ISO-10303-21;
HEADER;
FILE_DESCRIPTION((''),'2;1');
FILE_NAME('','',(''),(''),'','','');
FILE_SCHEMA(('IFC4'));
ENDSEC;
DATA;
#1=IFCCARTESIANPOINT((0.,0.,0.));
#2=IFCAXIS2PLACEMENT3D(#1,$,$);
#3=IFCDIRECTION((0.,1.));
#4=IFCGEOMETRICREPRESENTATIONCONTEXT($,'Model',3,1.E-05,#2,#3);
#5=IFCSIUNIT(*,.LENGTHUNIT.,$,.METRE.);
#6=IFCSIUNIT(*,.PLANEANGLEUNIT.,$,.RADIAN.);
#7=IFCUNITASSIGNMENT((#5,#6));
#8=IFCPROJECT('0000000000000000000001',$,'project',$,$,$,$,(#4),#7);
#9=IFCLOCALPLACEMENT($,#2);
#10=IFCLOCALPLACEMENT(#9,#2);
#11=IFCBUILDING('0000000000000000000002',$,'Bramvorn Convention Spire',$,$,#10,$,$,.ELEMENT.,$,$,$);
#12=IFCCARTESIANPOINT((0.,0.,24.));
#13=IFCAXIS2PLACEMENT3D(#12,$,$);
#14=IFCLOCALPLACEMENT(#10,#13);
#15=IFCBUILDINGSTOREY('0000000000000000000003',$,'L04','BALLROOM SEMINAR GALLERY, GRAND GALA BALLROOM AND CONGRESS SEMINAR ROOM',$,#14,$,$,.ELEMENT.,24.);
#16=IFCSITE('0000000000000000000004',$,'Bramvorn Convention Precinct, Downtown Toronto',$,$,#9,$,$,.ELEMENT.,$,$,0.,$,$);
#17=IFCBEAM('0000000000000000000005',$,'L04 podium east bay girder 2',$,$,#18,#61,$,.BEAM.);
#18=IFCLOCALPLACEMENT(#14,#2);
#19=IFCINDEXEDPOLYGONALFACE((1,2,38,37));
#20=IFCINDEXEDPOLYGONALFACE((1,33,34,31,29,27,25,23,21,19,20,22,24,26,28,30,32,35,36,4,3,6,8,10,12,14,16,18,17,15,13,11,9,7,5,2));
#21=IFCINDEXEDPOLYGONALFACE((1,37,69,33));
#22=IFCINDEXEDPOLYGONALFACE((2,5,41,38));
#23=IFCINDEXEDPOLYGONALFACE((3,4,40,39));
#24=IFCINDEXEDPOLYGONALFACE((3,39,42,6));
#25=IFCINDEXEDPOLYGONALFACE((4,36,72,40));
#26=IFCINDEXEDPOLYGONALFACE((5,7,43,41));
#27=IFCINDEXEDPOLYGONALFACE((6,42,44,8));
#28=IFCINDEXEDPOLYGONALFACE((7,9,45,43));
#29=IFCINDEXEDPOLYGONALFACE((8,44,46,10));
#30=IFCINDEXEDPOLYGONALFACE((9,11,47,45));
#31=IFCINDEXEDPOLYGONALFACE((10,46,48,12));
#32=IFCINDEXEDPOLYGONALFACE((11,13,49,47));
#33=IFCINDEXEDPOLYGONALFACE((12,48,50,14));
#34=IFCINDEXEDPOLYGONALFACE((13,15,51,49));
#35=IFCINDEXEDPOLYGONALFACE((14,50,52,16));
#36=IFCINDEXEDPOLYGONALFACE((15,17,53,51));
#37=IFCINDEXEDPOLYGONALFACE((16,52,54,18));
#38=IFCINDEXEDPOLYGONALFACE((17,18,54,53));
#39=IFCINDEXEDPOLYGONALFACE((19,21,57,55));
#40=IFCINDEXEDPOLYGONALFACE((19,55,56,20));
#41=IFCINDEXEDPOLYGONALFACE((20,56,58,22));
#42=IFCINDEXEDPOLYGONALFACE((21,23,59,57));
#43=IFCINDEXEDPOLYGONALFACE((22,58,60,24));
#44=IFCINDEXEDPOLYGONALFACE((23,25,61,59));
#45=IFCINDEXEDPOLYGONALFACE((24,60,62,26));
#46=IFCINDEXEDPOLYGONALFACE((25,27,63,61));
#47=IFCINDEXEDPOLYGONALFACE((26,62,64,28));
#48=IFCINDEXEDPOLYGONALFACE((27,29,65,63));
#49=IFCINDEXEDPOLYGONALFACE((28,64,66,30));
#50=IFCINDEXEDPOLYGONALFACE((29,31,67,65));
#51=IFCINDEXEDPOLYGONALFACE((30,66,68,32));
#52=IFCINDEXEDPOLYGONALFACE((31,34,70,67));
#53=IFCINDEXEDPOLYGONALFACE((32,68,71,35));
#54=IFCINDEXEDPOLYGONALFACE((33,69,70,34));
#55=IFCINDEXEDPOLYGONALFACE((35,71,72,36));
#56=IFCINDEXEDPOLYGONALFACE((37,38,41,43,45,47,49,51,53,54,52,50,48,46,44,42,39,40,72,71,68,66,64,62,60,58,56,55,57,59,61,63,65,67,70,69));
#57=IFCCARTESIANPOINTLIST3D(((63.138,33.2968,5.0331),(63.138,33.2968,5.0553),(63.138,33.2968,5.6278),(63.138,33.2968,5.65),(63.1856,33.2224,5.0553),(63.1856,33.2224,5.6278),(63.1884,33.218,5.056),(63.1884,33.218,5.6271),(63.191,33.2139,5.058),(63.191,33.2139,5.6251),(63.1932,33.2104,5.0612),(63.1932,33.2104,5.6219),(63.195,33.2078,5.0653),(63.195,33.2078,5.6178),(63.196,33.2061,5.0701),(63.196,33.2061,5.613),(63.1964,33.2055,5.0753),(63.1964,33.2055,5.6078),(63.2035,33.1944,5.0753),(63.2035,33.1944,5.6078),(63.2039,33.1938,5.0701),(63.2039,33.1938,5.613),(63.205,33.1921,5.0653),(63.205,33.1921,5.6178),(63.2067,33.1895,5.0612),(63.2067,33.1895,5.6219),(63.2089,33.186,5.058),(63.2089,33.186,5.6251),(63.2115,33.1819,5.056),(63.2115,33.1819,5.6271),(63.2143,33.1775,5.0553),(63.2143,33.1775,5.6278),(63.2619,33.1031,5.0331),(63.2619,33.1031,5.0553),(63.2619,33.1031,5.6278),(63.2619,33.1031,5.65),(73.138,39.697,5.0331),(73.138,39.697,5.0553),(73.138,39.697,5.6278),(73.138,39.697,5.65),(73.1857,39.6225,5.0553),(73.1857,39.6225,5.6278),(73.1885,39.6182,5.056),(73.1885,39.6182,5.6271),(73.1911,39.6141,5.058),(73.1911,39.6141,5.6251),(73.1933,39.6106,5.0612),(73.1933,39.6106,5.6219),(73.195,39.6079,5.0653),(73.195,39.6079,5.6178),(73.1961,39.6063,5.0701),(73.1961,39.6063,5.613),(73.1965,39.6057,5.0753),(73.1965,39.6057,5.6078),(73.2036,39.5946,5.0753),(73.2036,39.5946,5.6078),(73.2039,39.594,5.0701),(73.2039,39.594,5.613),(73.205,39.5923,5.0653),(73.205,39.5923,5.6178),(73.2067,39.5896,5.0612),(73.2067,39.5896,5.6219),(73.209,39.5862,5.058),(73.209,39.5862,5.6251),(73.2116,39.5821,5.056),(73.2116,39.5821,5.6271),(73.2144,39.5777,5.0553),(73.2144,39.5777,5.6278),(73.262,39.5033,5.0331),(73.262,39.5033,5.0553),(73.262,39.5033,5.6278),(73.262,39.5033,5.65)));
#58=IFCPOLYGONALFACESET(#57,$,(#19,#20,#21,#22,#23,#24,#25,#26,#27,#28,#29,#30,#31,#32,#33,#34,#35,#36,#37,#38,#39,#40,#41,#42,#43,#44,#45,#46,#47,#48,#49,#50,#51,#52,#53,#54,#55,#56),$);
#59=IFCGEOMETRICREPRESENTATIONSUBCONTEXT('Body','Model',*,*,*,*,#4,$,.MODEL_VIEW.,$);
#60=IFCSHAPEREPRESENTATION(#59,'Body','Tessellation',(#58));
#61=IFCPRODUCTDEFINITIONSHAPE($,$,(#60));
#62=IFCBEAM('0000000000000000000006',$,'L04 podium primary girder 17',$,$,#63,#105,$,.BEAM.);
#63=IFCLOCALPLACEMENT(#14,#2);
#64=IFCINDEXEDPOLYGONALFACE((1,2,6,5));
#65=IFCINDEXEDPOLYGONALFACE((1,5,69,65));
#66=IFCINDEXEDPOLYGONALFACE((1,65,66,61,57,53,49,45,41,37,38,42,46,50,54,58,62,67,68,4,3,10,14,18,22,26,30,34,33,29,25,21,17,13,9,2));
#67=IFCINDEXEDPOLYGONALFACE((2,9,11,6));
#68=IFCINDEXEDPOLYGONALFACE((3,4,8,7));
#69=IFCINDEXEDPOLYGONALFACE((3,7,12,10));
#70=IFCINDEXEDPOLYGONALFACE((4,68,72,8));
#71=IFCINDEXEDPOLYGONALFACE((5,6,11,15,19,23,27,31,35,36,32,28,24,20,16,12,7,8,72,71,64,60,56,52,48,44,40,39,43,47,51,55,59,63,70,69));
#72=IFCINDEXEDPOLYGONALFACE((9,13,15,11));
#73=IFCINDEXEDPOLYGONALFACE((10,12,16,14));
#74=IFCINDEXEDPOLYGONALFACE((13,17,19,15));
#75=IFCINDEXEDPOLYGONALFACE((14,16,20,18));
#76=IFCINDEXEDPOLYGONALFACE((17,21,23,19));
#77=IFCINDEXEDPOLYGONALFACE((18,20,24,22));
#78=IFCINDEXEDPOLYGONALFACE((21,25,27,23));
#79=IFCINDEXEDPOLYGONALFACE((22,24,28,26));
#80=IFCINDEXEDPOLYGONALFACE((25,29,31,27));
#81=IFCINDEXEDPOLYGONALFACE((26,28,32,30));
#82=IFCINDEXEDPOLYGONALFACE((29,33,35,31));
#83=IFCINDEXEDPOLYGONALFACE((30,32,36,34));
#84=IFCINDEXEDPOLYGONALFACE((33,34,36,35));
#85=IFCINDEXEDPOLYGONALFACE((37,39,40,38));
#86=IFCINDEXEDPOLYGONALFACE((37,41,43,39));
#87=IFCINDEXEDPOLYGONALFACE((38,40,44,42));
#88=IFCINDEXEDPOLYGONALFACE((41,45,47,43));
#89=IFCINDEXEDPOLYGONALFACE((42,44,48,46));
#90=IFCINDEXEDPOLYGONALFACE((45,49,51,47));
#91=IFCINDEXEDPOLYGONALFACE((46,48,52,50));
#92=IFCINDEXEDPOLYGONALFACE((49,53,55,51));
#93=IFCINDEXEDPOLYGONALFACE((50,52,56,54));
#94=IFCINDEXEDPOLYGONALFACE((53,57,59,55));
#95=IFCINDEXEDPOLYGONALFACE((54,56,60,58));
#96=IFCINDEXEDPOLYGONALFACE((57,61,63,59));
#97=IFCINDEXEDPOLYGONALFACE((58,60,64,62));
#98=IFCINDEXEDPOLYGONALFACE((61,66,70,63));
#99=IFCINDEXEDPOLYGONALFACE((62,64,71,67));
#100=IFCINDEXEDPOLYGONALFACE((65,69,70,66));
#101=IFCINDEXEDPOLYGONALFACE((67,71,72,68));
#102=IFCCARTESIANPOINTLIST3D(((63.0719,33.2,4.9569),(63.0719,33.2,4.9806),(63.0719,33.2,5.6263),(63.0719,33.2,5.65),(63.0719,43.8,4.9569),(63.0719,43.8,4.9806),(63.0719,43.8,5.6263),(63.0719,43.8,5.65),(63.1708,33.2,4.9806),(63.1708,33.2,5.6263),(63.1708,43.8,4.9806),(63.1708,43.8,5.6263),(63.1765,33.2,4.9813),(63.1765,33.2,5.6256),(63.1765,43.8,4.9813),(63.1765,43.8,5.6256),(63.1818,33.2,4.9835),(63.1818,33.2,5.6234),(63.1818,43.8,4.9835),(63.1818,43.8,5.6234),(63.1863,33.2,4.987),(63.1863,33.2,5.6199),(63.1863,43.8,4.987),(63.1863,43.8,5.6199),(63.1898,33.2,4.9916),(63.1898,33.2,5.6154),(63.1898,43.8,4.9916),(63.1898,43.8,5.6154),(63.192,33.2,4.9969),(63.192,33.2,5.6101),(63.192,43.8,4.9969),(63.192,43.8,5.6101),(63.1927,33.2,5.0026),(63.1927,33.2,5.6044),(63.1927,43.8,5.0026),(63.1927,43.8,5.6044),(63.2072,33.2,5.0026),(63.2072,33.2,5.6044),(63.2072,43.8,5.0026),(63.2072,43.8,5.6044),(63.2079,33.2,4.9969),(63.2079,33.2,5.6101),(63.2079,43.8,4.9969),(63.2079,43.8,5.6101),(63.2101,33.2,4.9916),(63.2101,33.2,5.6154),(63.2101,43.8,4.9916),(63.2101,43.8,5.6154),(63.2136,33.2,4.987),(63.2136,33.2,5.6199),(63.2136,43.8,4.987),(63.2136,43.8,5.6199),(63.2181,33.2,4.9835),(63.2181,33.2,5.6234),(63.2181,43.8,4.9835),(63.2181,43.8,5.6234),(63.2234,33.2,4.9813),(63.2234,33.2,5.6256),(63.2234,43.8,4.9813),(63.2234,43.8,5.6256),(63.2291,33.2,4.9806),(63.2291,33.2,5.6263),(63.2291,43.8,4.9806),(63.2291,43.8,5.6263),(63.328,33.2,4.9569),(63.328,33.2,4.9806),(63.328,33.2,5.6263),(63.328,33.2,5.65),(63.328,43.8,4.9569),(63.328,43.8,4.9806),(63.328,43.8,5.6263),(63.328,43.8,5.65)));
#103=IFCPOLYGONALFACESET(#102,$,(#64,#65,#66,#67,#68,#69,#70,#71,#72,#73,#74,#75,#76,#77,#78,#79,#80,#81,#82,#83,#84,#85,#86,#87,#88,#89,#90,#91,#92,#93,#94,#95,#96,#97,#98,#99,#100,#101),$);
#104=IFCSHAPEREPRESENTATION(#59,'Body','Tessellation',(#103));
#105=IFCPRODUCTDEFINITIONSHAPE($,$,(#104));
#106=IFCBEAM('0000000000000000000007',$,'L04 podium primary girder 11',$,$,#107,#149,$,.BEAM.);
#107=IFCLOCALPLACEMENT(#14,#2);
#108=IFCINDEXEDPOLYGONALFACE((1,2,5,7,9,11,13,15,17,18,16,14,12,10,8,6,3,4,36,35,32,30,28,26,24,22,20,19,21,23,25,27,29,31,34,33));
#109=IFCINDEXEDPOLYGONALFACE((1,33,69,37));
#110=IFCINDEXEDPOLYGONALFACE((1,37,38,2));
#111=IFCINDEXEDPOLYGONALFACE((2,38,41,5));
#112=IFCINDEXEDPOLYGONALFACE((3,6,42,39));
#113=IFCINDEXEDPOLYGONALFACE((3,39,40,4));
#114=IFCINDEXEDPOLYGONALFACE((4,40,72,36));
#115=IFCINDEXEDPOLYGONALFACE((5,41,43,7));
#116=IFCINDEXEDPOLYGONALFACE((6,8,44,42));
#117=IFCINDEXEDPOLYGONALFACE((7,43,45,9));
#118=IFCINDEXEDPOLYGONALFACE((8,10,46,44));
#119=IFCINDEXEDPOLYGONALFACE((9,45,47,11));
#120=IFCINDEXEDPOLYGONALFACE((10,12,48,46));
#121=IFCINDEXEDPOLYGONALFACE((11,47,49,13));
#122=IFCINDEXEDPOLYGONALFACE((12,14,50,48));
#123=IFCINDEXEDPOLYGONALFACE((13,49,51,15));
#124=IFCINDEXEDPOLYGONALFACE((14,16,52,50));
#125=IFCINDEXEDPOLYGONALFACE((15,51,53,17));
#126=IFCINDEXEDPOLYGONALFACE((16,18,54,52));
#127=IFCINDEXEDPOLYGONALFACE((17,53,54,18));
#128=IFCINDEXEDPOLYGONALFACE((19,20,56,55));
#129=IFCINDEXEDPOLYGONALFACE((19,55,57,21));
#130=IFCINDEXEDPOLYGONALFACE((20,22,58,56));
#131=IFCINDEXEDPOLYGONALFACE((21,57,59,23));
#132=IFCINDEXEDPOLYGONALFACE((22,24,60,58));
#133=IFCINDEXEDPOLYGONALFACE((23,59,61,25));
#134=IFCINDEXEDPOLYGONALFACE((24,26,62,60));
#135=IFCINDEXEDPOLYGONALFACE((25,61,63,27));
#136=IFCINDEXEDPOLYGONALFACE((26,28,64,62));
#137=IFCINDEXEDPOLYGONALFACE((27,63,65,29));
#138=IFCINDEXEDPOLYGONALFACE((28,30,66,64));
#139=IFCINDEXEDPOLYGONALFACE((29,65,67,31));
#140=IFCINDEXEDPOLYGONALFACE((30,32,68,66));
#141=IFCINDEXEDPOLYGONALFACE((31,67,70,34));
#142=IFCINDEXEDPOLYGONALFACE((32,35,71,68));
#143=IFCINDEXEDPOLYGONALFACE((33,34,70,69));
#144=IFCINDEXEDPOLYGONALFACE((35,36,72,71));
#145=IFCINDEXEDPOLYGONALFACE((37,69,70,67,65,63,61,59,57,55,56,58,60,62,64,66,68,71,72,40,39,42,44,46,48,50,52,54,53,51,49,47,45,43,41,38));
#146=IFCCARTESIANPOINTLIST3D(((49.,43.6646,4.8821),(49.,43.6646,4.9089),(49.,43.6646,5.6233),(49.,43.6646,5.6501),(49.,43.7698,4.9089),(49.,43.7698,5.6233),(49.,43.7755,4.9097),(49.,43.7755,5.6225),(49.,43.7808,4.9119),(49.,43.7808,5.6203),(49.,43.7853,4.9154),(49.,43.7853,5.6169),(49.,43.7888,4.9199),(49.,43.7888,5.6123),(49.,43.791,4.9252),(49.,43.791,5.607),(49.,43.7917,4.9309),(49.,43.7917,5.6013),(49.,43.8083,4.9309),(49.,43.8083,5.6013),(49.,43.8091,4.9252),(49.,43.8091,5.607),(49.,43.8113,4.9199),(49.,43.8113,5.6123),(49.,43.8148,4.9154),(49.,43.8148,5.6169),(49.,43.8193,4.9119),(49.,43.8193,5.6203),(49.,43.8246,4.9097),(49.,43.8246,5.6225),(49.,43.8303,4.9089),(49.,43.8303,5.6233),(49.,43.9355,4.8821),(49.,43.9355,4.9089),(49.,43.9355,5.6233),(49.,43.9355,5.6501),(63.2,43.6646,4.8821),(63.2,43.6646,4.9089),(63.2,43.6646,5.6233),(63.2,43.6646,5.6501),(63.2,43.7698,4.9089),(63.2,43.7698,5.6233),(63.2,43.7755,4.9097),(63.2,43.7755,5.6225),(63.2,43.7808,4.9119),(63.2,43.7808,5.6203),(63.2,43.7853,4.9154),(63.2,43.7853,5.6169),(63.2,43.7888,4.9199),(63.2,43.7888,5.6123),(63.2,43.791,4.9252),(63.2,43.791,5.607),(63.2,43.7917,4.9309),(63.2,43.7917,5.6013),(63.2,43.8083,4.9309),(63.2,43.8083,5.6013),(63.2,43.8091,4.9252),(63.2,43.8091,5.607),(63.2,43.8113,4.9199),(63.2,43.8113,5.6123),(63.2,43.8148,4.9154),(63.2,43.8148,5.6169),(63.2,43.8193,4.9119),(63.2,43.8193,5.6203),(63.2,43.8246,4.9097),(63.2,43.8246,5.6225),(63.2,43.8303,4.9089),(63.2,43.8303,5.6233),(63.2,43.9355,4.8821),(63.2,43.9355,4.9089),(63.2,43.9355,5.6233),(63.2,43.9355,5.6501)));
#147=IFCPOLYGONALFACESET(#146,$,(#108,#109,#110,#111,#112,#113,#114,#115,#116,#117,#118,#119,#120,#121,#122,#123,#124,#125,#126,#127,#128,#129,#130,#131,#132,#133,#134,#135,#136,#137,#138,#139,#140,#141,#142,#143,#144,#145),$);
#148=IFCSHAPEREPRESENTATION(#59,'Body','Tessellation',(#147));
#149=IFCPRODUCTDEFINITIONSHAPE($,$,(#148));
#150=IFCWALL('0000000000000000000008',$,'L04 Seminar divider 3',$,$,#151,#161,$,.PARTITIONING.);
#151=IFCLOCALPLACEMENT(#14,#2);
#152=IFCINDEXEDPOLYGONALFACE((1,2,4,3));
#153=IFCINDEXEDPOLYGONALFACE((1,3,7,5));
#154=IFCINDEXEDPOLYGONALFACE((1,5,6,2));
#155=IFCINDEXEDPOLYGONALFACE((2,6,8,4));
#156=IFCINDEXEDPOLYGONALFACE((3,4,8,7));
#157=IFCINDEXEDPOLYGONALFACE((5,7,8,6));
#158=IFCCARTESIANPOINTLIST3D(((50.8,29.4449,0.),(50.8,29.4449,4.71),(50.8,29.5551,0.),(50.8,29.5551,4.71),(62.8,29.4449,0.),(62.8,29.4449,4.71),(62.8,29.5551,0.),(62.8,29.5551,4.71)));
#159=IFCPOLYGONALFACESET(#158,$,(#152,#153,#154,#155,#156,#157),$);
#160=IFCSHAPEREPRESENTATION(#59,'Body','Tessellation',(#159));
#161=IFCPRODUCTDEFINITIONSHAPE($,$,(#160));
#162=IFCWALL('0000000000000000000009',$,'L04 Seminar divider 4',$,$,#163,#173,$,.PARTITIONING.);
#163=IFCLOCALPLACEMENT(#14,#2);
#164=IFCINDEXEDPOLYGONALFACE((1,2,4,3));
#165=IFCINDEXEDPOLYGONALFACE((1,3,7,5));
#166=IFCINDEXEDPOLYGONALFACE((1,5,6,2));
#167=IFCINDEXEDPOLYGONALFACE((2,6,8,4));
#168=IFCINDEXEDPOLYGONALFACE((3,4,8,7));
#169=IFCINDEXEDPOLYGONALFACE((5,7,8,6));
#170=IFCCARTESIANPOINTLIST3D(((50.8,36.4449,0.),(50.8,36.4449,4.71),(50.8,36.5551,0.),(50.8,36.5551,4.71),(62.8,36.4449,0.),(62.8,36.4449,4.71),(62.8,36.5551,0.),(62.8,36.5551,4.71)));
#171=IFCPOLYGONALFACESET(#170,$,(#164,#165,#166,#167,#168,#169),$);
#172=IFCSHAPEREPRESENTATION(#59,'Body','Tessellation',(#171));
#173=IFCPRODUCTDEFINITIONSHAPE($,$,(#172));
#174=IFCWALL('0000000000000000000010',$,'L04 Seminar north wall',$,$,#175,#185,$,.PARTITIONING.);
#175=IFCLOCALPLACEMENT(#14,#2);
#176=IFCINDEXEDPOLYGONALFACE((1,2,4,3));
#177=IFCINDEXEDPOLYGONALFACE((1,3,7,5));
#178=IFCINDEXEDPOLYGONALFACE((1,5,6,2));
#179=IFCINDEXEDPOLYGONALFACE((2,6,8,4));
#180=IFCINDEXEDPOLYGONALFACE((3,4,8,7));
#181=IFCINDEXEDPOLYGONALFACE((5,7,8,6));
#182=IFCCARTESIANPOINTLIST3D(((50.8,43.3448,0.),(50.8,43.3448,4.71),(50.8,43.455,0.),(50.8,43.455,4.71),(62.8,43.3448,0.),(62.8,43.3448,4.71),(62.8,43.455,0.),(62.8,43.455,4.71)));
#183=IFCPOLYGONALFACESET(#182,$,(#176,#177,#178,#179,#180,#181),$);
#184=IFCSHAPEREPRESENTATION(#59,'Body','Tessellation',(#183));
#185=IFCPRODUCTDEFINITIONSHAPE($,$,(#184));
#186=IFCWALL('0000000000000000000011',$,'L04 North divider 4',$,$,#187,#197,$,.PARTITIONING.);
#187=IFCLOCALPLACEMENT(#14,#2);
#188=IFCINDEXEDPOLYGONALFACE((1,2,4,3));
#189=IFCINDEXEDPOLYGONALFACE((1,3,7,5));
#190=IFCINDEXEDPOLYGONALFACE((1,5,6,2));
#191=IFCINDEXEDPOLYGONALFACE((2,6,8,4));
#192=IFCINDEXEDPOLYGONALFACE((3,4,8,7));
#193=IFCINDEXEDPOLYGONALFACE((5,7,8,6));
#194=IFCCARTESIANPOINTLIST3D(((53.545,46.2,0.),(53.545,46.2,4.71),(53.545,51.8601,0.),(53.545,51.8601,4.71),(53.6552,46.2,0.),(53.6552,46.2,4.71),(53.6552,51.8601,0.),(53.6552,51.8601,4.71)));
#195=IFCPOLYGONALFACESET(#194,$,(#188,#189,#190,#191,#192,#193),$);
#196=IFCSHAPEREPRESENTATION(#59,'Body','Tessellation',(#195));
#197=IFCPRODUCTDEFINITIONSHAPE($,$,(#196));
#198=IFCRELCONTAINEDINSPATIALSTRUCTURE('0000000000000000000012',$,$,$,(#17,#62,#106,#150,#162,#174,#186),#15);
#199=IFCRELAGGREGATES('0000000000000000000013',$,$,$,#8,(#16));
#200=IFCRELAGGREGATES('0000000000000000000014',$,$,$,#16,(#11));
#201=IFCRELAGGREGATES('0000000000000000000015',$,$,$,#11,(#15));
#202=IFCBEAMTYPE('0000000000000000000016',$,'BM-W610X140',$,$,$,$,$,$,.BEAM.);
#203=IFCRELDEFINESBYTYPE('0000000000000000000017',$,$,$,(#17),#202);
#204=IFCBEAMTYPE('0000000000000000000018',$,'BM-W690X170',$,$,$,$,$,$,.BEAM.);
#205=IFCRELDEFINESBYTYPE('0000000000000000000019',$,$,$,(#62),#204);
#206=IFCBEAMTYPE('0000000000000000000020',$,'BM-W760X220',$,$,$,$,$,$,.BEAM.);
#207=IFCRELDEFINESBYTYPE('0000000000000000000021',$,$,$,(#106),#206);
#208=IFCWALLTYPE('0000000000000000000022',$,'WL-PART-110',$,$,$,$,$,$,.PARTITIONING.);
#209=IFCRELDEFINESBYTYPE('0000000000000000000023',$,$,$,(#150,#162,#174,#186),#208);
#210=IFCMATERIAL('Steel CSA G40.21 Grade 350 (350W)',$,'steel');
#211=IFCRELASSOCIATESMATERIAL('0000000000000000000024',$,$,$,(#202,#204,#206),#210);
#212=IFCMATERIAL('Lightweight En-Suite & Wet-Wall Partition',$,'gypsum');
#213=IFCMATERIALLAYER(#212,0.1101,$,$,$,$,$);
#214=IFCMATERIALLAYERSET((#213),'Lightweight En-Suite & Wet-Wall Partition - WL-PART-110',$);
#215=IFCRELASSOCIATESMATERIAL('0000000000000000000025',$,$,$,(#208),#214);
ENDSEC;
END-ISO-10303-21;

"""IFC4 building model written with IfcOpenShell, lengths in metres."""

from ifc_helpers import new_model, si_unit, direction, frame, frame_2d, origin, origin_2d, place, context, subcontext, project, spatial, rectangle, i_section, extrude, material, layer, layer_set, material_profile, profile_set, type_object, element, save


model = new_model("IFC4")

# Units and contexts
model_context = context("Model", 3, precision=1e-05, world=origin(), true_north=direction((0.0, 1.0)))
body_context = subcontext(model_context, "Body", "Model", "MODEL_VIEW")
ifc_project = project(units=[si_unit("LENGTHUNIT", "METRE"), si_unit("PLANEANGLEUNIT", "RADIAN")], contexts=[model_context])

# Site, building, storey
site_placement = place(None, origin())
site = spatial("IfcSite", under=ifc_project, at=site_placement, Name="Bramvorn Convention Precinct, Downtown Toronto", CompositionType="ELEMENT", RefElevation=0.0)
building_placement = place(site_placement, origin())
building = spatial("IfcBuilding", under=site, at=building_placement, Name="Bramvorn Convention Spire", CompositionType="ELEMENT")
storey_placement = place(building_placement, frame((0.0, 0.0, 24.0)))
storey = spatial("IfcBuildingStorey", under=building, at=storey_placement, Name="L04", Description="BALLROOM SEMINAR GALLERY, GRAND GALA BALLROOM AND CONGRESS SEMINAR ROOM", CompositionType="ELEMENT", Elevation=24.0)

# Shared definitions
ifc_material_1 = material(Name="Steel CSA G40.21 Grade 350 (350W)", Category="steel")

# Beams
ifc_material_profile_1 = material_profile(ifc_material_1, i_section(OverallWidth=0.23, OverallDepth=0.6169, WebThickness=0.0132, FlangeThickness=0.0222, FilletRadius=0.02, at=origin_2d()))
ifc_profile_set_1 = profile_set([ifc_material_profile_1], Name="Steel CSA G40.21 Grade 350 (350W) - W610X140")
beam_type_1 = type_object("IfcBeamType", Name="BM-W610X140", PredefinedType="BEAM", material=ifc_profile_set_1)
beam_1_placement = place(storey_placement, frame((63.2, 33.2, 5.3416), z_axis=(0.842266, 0.539062, 0.0), x_axis=(-0.539062, 0.842266, 0.0)))
element("IfcBeam", 1, at=beam_1_placement, inside=storey, type_object=beam_type_1, Name="L04 podium east bay girder 2", PredefinedType="BEAM", context=body_context, shape_type="SweptSolid", body=[
    extrude(i_section(OverallWidth=0.23, OverallDepth=0.6169, WebThickness=0.0132, FlangeThickness=0.0222, FilletRadius=0.02, at=origin_2d()), origin(), (0.0, 0.0, 1.0), 11.8728),
])
ifc_material_profile_2 = material_profile(ifc_material_1, i_section(OverallWidth=0.2561, OverallDepth=0.6931, WebThickness=0.0144, FlangeThickness=0.0237, FilletRadius=0.022, at=origin_2d()))
ifc_profile_set_2 = profile_set([ifc_material_profile_2], Name="Steel CSA G40.21 Grade 350 (350W) - W690X170")
beam_type_2 = type_object("IfcBeamType", Name="BM-W690X170", PredefinedType="BEAM", material=ifc_profile_set_2)
beam_2_placement = place(storey_placement, frame((63.2, 33.2, 5.3035), z_axis=(0.0, 1.0, 0.0), x_axis=(-1.0, 0.0, 0.0)))
element("IfcBeam", 2, at=beam_2_placement, inside=storey, type_object=beam_type_2, Name="L04 podium primary girder 17", PredefinedType="BEAM", context=body_context, shape_type="SweptSolid", body=[
    extrude(i_section(OverallWidth=0.2561, OverallDepth=0.6931, WebThickness=0.0144, FlangeThickness=0.0237, FilletRadius=0.022, at=origin_2d()), origin(), (0.0, 0.0, 1.0), 10.6001),
])
ifc_material_profile_3 = material_profile(ifc_material_1, i_section(OverallWidth=0.271, OverallDepth=0.7681, WebThickness=0.0166, FlangeThickness=0.0269, FilletRadius=0.022, at=origin_2d()))
ifc_profile_set_3 = profile_set([ifc_material_profile_3], Name="Steel CSA G40.21 Grade 350 (350W) - W760X220")
beam_type_3 = type_object("IfcBeamType", Name="BM-W760X220", PredefinedType="BEAM", material=ifc_profile_set_3)
beam_3_placement = place(storey_placement, frame((49.0, 43.8, 5.2661), z_axis=(1.0, 0.0, 0.0), x_axis=(0.0, 1.0, 0.0)))
element("IfcBeam", 3, at=beam_3_placement, inside=storey, type_object=beam_type_3, Name="L04 podium primary girder 11", PredefinedType="BEAM", context=body_context, shape_type="SweptSolid", body=[
    extrude(i_section(OverallWidth=0.271, OverallDepth=0.7681, WebThickness=0.0166, FlangeThickness=0.0269, FilletRadius=0.022, at=origin_2d()), origin(), (0.0, 0.0, 1.0), 14.2),
])

# Walls
ifc_material_2 = material(Name="Lightweight En-Suite & Wet-Wall Partition", Category="gypsum")
ifc_layer_1 = layer(ifc_material_2, 0.1101)
ifc_layer_set_1 = layer_set([ifc_layer_1], Name="Lightweight En-Suite & Wet-Wall Partition - WL-PART-110")
wall_type_1 = type_object("IfcWallType", Name="WL-PART-110", PredefinedType="PARTITIONING", material=ifc_layer_set_1)
for number, where, z_axis, x_axis, name in (
    (4, (50.8, 29.5, 0.0), (0.0, 0.0, 1.0), (1.0, 0.0, 0.0), "L04 Seminar divider 3"),
    (5, (50.8, 36.5, 0.0), (0.0, 0.0, 1.0), (1.0, 0.0, 0.0), "L04 Seminar divider 4"),
    (6, (50.8, 43.3999, 0.0), (0.0, 0.0, 1.0), (1.0, 0.0, 0.0), "L04 Seminar north wall"),
):
    element("IfcWall", number, at=place(storey_placement, frame(where, z_axis=z_axis, x_axis=x_axis)), inside=storey, type_object=wall_type_1, Name=name, PredefinedType="PARTITIONING", context=body_context, shape_type="SweptSolid", body=[
        extrude(rectangle(XDim=12.0, YDim=0.1101, at=frame_2d((6.0, 0.0))), origin(), (0.0, 0.0, 1.0), 4.71),
    ])
for number, where, z_axis, x_axis, name in (
    (7, (53.6001, 46.2, 0.0), (0.0, 0.0, 1.0), (0.0, 1.0, 0.0), "L04 North divider 4"),
):
    element("IfcWall", number, at=place(storey_placement, frame(where, z_axis=z_axis, x_axis=x_axis)), inside=storey, type_object=wall_type_1, Name=name, PredefinedType="PARTITIONING", context=body_context, shape_type="SweptSolid", body=[
        extrude(rectangle(XDim=5.6602, YDim=0.1101, at=frame_2d((2.8301, 0.0))), origin(), (0.0, 0.0, 1.0), 4.71),
    ])

save(model, "model.ifc")
